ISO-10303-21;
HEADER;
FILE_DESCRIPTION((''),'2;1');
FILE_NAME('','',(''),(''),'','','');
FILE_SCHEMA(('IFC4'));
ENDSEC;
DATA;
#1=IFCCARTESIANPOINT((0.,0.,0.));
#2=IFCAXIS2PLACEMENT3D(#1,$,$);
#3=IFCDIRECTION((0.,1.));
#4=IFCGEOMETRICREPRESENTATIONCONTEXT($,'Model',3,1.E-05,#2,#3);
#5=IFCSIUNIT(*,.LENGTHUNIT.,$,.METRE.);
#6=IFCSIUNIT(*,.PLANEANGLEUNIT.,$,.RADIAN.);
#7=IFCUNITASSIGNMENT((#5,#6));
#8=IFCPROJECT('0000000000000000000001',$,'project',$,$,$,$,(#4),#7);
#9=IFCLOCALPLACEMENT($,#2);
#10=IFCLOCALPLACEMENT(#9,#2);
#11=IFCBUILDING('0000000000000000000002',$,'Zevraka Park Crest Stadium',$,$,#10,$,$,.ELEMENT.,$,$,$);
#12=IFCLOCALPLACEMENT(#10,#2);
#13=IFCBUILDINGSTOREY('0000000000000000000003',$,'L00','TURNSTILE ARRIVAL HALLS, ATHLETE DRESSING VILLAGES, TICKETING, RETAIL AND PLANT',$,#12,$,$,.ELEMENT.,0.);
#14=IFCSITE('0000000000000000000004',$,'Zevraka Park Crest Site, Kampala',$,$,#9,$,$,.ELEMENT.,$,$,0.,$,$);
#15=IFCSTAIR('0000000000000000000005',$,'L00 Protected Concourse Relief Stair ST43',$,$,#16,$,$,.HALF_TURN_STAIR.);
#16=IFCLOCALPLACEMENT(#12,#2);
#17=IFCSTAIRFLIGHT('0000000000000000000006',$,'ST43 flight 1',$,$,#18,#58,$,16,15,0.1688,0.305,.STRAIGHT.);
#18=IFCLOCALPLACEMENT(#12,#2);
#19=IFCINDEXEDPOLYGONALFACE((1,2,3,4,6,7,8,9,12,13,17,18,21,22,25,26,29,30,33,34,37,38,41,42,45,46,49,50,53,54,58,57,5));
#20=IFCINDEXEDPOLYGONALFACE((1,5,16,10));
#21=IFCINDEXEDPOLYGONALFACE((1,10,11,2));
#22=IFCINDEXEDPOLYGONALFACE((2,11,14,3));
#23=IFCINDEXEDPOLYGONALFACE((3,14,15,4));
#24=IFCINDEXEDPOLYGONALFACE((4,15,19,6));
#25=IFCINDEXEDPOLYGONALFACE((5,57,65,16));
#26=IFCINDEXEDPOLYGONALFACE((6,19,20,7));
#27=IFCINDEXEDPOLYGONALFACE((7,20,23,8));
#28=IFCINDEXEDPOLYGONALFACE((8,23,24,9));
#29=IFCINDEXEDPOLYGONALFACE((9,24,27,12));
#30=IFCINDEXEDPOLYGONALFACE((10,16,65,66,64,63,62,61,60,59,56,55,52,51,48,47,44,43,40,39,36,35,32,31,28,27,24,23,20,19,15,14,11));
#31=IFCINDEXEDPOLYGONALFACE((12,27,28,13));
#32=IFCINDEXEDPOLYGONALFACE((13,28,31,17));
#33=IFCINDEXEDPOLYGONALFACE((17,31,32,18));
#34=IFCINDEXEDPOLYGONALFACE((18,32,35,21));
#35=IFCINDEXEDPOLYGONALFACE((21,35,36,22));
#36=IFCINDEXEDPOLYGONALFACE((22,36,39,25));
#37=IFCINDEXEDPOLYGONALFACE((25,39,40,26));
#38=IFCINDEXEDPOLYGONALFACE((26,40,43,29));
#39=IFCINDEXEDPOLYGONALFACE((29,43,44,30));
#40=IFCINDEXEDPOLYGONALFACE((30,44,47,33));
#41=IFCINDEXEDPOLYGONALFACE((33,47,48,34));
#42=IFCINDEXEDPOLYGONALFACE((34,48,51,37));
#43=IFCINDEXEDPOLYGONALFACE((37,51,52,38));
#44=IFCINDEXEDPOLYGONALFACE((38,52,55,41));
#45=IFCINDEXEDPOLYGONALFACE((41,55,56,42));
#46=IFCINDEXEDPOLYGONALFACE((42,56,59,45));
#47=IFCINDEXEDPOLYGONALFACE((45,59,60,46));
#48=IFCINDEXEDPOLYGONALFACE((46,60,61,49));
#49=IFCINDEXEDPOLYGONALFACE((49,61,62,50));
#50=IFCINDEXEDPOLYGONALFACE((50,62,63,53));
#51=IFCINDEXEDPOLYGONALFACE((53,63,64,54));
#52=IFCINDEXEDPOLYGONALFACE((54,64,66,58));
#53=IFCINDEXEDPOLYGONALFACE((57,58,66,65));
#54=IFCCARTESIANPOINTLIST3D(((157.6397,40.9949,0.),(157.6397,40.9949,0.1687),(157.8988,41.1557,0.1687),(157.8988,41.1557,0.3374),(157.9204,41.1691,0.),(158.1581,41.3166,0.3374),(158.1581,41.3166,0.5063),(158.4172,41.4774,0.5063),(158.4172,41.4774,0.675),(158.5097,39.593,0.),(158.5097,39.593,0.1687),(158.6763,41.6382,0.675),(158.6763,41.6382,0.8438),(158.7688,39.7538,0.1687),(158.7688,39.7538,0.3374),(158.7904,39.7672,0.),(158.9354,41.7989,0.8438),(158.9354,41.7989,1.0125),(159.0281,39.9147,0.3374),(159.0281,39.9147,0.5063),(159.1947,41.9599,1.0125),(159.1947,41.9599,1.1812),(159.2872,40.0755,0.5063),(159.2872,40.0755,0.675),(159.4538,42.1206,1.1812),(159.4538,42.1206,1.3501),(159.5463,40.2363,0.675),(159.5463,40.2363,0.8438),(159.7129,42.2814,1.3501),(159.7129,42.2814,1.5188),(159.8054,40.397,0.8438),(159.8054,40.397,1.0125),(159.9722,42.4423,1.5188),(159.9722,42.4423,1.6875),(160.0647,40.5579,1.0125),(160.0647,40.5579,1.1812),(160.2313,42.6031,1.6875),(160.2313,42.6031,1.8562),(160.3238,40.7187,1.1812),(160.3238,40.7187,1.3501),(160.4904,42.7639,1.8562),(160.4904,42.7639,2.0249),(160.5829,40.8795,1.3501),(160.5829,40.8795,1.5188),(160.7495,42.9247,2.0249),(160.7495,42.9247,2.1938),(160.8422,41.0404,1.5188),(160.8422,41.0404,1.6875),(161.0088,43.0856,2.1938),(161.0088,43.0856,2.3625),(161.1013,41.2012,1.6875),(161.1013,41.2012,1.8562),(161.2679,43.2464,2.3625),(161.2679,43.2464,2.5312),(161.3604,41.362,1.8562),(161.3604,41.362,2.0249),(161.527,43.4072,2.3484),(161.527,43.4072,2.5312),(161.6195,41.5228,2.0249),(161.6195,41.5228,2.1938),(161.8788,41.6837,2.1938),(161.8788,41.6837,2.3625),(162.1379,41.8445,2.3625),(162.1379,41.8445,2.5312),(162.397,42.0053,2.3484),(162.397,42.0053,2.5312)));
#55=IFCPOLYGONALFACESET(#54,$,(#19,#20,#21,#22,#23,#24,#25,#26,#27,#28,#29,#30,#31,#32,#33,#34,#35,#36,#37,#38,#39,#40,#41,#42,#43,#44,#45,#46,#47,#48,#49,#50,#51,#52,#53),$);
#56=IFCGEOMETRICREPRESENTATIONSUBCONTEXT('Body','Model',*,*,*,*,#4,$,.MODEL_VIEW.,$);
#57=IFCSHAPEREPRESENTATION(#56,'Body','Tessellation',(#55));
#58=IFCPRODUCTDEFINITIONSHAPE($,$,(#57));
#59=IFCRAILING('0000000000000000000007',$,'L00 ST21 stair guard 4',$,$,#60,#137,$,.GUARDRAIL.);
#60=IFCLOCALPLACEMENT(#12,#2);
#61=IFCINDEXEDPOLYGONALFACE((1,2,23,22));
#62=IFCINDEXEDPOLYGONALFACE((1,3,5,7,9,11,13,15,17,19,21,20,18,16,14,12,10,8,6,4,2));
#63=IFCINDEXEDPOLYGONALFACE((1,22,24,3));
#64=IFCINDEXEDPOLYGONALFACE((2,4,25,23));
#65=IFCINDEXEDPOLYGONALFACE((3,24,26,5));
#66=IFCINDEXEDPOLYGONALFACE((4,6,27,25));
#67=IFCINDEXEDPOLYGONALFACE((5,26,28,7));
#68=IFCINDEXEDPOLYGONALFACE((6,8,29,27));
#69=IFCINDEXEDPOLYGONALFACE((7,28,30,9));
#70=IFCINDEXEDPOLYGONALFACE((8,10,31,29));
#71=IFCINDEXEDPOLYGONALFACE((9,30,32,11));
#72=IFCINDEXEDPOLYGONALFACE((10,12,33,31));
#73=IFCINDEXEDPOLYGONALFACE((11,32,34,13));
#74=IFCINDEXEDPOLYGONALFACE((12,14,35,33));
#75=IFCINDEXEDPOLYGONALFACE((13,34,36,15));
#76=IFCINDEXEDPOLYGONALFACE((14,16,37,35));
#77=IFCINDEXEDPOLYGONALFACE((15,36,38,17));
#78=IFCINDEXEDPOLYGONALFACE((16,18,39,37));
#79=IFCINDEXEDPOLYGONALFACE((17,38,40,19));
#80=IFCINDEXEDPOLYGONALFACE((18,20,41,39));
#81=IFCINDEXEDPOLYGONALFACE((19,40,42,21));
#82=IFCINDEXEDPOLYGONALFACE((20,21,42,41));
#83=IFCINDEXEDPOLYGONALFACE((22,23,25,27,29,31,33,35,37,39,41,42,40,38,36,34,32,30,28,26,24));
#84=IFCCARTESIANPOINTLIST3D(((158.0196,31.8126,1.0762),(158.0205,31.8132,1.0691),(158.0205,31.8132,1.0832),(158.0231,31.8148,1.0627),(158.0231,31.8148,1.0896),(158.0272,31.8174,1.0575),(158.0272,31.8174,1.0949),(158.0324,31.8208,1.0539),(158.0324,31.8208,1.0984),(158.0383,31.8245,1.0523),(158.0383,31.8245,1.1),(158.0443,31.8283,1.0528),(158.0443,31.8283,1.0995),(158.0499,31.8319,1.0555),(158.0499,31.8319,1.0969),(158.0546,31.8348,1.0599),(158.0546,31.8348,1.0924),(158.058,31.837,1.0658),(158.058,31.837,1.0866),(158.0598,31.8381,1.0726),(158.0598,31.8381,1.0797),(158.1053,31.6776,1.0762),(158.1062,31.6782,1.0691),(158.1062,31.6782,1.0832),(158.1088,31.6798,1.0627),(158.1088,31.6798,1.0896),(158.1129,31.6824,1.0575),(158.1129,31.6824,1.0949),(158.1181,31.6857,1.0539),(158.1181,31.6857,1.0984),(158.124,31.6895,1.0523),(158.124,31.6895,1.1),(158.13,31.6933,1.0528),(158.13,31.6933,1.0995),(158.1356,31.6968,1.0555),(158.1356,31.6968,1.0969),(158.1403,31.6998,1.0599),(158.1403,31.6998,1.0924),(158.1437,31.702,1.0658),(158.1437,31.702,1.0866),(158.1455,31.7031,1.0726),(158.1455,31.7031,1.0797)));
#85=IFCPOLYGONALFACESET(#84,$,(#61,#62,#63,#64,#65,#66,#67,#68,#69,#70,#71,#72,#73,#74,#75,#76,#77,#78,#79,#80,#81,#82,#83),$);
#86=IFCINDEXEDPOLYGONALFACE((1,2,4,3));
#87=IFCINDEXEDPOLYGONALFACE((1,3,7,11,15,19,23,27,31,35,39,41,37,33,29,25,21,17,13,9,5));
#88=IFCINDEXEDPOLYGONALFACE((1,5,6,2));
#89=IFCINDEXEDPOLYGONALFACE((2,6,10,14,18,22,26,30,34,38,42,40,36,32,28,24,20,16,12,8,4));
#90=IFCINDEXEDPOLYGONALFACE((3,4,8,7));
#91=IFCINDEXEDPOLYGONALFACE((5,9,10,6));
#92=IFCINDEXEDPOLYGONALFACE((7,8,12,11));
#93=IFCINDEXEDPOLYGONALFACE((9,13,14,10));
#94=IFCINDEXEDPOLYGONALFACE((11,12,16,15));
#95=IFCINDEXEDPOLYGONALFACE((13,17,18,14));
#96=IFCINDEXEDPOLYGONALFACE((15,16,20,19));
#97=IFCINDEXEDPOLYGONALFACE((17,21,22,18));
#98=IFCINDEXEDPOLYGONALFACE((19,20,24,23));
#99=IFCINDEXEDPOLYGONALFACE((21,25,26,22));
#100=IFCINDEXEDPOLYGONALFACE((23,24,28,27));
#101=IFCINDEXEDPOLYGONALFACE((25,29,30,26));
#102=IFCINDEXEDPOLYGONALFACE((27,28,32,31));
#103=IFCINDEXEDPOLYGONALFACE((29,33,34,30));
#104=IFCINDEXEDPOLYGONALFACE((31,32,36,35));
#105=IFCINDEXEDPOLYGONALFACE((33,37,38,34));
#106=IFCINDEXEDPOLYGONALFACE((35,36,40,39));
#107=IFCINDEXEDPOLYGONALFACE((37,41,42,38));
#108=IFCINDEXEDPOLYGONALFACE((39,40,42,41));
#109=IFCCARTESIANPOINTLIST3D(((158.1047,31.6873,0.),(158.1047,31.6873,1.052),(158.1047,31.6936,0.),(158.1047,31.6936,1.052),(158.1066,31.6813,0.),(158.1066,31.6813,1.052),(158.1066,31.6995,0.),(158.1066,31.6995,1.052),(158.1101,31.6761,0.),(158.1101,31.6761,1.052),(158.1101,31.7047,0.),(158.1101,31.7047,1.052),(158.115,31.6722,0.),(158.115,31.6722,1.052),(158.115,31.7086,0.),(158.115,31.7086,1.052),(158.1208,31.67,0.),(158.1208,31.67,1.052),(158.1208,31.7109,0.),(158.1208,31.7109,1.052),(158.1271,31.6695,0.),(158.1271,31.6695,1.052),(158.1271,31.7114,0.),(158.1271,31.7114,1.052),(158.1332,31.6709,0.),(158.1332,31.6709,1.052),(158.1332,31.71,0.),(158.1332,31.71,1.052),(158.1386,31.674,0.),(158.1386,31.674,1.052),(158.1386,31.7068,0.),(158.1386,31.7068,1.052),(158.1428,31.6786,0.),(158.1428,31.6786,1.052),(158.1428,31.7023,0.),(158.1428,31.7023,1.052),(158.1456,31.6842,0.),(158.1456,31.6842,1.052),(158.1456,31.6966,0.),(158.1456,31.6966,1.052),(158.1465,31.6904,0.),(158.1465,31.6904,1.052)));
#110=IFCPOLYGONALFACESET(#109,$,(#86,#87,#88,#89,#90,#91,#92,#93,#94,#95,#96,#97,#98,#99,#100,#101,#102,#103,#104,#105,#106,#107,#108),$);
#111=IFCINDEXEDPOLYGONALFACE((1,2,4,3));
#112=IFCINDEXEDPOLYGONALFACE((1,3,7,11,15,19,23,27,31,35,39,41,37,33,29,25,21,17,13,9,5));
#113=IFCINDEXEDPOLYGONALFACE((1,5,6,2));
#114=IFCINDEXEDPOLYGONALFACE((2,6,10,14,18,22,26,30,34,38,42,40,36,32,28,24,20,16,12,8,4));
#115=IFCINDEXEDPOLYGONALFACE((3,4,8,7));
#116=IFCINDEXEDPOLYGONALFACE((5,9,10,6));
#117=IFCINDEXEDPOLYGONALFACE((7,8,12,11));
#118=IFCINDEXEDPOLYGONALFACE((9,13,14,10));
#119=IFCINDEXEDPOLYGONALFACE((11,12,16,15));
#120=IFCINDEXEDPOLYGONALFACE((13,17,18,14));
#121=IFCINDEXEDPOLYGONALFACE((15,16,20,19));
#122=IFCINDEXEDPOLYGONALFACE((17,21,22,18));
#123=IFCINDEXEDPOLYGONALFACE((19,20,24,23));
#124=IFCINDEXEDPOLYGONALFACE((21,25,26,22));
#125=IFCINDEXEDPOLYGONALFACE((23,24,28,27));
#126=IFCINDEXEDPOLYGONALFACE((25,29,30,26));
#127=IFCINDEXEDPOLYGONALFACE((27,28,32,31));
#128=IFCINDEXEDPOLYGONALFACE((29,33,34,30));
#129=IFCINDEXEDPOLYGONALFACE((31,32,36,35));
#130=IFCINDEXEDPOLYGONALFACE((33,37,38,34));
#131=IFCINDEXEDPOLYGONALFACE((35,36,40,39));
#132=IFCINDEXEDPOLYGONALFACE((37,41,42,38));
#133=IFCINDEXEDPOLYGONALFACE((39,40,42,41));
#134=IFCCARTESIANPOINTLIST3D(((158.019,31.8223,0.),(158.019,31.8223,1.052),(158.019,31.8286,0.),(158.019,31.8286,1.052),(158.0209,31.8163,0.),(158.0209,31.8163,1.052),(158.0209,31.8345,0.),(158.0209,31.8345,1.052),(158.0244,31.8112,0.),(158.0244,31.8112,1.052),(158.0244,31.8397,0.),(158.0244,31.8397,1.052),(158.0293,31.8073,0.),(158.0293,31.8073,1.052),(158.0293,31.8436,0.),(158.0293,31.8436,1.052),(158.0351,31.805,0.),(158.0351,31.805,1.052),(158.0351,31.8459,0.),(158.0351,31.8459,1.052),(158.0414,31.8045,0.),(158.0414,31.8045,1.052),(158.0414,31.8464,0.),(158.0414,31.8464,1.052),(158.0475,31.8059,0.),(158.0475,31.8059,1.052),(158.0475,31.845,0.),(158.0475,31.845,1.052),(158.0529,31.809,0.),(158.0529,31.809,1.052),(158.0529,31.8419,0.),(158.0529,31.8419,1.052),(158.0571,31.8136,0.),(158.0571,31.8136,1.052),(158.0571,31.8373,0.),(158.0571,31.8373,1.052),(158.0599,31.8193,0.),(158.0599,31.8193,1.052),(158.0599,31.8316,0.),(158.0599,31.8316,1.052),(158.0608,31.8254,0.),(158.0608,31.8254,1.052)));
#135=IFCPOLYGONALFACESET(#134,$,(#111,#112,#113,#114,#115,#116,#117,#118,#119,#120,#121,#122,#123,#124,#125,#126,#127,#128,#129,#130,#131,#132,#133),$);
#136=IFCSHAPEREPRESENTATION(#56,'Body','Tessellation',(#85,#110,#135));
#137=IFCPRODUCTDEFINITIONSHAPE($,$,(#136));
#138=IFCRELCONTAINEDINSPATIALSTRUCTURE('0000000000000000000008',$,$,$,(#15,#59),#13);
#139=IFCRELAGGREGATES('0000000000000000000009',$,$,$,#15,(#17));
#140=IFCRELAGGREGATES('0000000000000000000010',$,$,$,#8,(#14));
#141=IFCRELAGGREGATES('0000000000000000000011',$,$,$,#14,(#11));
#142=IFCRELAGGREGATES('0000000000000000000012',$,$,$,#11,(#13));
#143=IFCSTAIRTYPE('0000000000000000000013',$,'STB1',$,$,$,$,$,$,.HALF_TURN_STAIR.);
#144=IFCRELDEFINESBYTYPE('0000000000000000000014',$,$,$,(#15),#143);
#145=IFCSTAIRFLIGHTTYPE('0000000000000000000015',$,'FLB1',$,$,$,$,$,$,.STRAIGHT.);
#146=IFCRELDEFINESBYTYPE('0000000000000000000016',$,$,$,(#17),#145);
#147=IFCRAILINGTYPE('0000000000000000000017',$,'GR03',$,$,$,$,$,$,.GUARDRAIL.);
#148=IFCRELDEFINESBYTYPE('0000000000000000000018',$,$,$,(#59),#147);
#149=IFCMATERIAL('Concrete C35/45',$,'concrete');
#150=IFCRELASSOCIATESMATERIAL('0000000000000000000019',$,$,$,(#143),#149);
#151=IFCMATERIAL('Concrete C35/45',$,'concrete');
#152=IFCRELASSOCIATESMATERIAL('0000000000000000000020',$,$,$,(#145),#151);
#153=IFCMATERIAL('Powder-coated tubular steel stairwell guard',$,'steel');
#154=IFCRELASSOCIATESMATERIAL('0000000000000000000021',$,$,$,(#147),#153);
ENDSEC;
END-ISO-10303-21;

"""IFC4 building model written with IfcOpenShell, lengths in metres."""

from ifc_helpers import new_model, si_unit, direction, frame, origin, origin_2d, place, context, subcontext, project, spatial, polyline, circle, outline, extrude, material, type_object, element, aggregate, save


model = new_model("IFC4")

# Units and contexts
model_context = context("Model", 3, precision=1e-05, world=origin(), true_north=direction((0.0, 1.0)))
body_context = subcontext(model_context, "Body", "Model", "MODEL_VIEW")
ifc_project = project(units=[si_unit("LENGTHUNIT", "METRE"), si_unit("PLANEANGLEUNIT", "RADIAN")], contexts=[model_context])

# Site, building, storey
site_placement = place(None, origin())
site = spatial("IfcSite", under=ifc_project, at=site_placement, Name="Zevraka Park Crest Site, Kampala", CompositionType="ELEMENT", RefElevation=0.0)
building_placement = place(site_placement, origin())
building = spatial("IfcBuilding", under=site, at=building_placement, Name="Zevraka Park Crest Stadium", CompositionType="ELEMENT")
storey_placement = place(building_placement, origin())
storey = spatial("IfcBuildingStorey", under=building, at=storey_placement, Name="L00", Description="TURNSTILE ARRIVAL HALLS, ATHLETE DRESSING VILLAGES, TICKETING, RETAIL AND PLANT", CompositionType="ELEMENT", Elevation=0.0)

# Stair, stair flight
ifc_material_1 = material(Name="Concrete C35/45", Category="concrete")
stair_type = type_object("IfcStairType", Name="STB1", PredefinedType="HALF_TURN_STAIR", material=ifc_material_1)
stair_placement = place(storey_placement, origin())
stair = element("IfcStair", 1, at=stair_placement, inside=storey, type_object=stair_type, Name="L00 Protected Concourse Relief Stair ST43", PredefinedType="HALF_TURN_STAIR")
ifc_material_2 = material(Name="Concrete C35/45", Category="concrete")
stair_flight_type = type_object("IfcStairFlightType", Name="FLB1", PredefinedType="STRAIGHT", material=ifc_material_2)
stair_flight_placement = place(storey_placement, frame((158.0747, 40.2939, 0.0), z_axis=(0.0, 0.0, 1.0), x_axis=(0.849693, 0.527278, 0.0)))
stair_flight = element("IfcStairFlight", 2, at=stair_flight_placement, type_object=stair_flight_type, Name="ST43 flight 1", NumberOfRisers=16, NumberOfTreads=15, PredefinedType="STRAIGHT", RiserHeight=0.1688, TreadLength=0.305, context=body_context, shape_type="SweptSolid", body=[
    extrude(outline(polyline([(0.0, 0.0), (0.0, 0.1687), (0.3049, 0.1687), (0.3049, 0.3374), (0.6101, 0.3374), (0.6101, 0.5063), (0.915, 0.5063), (0.915, 0.675), (1.22, 0.675), (1.22, 0.8438), (1.5249, 0.8438), (1.5249, 1.0125), (1.8301, 1.0125), (1.8301, 1.1812), (2.135, 1.1812), (2.135, 1.3501), (2.4399, 1.3501), (2.4399, 1.5188), (2.7451, 1.5188), (2.7451, 1.6875), (3.05, 1.6875), (3.05, 1.8562), (3.355, 1.8562), (3.355, 2.0249), (3.6599, 2.0249), (3.6599, 2.1938), (3.9651, 2.1938), (3.9651, 2.3625), (4.27, 2.3625), (4.27, 2.5312), (4.575, 2.5312), (4.575, 2.7), (4.575, 2.3484), (0.3303, 0.0), (0.0, 0.0)])), frame((0.0, 0.825, 0.0), z_axis=(0.0, -1.0, 0.0), x_axis=(1.0, 0.0, 0.0)), (0.0, 0.0, 1.0), 1.6499),
])
aggregate(stair, [stair_flight])

# Railing
ifc_material_3 = material(Name="Powder-coated tubular steel stairwell guard", Category="steel")
railing_type = type_object("IfcRailingType", Name="GR03", PredefinedType="GUARDRAIL", material=ifc_material_3)
railing_1_placement = place(storey_placement, frame((158.1255, 31.6904, 0.0)))
element("IfcRailing", 3, at=railing_1_placement, inside=storey, type_object=railing_type, Name="L00 ST21 stair guard 4", PredefinedType="GUARDRAIL", context=body_context, shape_type="SweptSolid", body=[
    extrude(circle(Radius=0.0239, at=origin_2d()), frame((0.0, 0.0, 1.0762), z_axis=(-0.535887, 0.84429, 0.0), x_axis=(-0.84429, -0.535887, 0.0)), (0.0, 0.0, 1.0), 0.1599),
    extrude(circle(Radius=0.021, at=origin_2d()), origin(), (0.0, 0.0, 1.0), 1.052),
    extrude(circle(Radius=0.021, at=origin_2d()), frame((-0.0857, 0.135, 0.0)), (0.0, 0.0, 1.0), 1.052),
])

save(model, "model.ifc")
